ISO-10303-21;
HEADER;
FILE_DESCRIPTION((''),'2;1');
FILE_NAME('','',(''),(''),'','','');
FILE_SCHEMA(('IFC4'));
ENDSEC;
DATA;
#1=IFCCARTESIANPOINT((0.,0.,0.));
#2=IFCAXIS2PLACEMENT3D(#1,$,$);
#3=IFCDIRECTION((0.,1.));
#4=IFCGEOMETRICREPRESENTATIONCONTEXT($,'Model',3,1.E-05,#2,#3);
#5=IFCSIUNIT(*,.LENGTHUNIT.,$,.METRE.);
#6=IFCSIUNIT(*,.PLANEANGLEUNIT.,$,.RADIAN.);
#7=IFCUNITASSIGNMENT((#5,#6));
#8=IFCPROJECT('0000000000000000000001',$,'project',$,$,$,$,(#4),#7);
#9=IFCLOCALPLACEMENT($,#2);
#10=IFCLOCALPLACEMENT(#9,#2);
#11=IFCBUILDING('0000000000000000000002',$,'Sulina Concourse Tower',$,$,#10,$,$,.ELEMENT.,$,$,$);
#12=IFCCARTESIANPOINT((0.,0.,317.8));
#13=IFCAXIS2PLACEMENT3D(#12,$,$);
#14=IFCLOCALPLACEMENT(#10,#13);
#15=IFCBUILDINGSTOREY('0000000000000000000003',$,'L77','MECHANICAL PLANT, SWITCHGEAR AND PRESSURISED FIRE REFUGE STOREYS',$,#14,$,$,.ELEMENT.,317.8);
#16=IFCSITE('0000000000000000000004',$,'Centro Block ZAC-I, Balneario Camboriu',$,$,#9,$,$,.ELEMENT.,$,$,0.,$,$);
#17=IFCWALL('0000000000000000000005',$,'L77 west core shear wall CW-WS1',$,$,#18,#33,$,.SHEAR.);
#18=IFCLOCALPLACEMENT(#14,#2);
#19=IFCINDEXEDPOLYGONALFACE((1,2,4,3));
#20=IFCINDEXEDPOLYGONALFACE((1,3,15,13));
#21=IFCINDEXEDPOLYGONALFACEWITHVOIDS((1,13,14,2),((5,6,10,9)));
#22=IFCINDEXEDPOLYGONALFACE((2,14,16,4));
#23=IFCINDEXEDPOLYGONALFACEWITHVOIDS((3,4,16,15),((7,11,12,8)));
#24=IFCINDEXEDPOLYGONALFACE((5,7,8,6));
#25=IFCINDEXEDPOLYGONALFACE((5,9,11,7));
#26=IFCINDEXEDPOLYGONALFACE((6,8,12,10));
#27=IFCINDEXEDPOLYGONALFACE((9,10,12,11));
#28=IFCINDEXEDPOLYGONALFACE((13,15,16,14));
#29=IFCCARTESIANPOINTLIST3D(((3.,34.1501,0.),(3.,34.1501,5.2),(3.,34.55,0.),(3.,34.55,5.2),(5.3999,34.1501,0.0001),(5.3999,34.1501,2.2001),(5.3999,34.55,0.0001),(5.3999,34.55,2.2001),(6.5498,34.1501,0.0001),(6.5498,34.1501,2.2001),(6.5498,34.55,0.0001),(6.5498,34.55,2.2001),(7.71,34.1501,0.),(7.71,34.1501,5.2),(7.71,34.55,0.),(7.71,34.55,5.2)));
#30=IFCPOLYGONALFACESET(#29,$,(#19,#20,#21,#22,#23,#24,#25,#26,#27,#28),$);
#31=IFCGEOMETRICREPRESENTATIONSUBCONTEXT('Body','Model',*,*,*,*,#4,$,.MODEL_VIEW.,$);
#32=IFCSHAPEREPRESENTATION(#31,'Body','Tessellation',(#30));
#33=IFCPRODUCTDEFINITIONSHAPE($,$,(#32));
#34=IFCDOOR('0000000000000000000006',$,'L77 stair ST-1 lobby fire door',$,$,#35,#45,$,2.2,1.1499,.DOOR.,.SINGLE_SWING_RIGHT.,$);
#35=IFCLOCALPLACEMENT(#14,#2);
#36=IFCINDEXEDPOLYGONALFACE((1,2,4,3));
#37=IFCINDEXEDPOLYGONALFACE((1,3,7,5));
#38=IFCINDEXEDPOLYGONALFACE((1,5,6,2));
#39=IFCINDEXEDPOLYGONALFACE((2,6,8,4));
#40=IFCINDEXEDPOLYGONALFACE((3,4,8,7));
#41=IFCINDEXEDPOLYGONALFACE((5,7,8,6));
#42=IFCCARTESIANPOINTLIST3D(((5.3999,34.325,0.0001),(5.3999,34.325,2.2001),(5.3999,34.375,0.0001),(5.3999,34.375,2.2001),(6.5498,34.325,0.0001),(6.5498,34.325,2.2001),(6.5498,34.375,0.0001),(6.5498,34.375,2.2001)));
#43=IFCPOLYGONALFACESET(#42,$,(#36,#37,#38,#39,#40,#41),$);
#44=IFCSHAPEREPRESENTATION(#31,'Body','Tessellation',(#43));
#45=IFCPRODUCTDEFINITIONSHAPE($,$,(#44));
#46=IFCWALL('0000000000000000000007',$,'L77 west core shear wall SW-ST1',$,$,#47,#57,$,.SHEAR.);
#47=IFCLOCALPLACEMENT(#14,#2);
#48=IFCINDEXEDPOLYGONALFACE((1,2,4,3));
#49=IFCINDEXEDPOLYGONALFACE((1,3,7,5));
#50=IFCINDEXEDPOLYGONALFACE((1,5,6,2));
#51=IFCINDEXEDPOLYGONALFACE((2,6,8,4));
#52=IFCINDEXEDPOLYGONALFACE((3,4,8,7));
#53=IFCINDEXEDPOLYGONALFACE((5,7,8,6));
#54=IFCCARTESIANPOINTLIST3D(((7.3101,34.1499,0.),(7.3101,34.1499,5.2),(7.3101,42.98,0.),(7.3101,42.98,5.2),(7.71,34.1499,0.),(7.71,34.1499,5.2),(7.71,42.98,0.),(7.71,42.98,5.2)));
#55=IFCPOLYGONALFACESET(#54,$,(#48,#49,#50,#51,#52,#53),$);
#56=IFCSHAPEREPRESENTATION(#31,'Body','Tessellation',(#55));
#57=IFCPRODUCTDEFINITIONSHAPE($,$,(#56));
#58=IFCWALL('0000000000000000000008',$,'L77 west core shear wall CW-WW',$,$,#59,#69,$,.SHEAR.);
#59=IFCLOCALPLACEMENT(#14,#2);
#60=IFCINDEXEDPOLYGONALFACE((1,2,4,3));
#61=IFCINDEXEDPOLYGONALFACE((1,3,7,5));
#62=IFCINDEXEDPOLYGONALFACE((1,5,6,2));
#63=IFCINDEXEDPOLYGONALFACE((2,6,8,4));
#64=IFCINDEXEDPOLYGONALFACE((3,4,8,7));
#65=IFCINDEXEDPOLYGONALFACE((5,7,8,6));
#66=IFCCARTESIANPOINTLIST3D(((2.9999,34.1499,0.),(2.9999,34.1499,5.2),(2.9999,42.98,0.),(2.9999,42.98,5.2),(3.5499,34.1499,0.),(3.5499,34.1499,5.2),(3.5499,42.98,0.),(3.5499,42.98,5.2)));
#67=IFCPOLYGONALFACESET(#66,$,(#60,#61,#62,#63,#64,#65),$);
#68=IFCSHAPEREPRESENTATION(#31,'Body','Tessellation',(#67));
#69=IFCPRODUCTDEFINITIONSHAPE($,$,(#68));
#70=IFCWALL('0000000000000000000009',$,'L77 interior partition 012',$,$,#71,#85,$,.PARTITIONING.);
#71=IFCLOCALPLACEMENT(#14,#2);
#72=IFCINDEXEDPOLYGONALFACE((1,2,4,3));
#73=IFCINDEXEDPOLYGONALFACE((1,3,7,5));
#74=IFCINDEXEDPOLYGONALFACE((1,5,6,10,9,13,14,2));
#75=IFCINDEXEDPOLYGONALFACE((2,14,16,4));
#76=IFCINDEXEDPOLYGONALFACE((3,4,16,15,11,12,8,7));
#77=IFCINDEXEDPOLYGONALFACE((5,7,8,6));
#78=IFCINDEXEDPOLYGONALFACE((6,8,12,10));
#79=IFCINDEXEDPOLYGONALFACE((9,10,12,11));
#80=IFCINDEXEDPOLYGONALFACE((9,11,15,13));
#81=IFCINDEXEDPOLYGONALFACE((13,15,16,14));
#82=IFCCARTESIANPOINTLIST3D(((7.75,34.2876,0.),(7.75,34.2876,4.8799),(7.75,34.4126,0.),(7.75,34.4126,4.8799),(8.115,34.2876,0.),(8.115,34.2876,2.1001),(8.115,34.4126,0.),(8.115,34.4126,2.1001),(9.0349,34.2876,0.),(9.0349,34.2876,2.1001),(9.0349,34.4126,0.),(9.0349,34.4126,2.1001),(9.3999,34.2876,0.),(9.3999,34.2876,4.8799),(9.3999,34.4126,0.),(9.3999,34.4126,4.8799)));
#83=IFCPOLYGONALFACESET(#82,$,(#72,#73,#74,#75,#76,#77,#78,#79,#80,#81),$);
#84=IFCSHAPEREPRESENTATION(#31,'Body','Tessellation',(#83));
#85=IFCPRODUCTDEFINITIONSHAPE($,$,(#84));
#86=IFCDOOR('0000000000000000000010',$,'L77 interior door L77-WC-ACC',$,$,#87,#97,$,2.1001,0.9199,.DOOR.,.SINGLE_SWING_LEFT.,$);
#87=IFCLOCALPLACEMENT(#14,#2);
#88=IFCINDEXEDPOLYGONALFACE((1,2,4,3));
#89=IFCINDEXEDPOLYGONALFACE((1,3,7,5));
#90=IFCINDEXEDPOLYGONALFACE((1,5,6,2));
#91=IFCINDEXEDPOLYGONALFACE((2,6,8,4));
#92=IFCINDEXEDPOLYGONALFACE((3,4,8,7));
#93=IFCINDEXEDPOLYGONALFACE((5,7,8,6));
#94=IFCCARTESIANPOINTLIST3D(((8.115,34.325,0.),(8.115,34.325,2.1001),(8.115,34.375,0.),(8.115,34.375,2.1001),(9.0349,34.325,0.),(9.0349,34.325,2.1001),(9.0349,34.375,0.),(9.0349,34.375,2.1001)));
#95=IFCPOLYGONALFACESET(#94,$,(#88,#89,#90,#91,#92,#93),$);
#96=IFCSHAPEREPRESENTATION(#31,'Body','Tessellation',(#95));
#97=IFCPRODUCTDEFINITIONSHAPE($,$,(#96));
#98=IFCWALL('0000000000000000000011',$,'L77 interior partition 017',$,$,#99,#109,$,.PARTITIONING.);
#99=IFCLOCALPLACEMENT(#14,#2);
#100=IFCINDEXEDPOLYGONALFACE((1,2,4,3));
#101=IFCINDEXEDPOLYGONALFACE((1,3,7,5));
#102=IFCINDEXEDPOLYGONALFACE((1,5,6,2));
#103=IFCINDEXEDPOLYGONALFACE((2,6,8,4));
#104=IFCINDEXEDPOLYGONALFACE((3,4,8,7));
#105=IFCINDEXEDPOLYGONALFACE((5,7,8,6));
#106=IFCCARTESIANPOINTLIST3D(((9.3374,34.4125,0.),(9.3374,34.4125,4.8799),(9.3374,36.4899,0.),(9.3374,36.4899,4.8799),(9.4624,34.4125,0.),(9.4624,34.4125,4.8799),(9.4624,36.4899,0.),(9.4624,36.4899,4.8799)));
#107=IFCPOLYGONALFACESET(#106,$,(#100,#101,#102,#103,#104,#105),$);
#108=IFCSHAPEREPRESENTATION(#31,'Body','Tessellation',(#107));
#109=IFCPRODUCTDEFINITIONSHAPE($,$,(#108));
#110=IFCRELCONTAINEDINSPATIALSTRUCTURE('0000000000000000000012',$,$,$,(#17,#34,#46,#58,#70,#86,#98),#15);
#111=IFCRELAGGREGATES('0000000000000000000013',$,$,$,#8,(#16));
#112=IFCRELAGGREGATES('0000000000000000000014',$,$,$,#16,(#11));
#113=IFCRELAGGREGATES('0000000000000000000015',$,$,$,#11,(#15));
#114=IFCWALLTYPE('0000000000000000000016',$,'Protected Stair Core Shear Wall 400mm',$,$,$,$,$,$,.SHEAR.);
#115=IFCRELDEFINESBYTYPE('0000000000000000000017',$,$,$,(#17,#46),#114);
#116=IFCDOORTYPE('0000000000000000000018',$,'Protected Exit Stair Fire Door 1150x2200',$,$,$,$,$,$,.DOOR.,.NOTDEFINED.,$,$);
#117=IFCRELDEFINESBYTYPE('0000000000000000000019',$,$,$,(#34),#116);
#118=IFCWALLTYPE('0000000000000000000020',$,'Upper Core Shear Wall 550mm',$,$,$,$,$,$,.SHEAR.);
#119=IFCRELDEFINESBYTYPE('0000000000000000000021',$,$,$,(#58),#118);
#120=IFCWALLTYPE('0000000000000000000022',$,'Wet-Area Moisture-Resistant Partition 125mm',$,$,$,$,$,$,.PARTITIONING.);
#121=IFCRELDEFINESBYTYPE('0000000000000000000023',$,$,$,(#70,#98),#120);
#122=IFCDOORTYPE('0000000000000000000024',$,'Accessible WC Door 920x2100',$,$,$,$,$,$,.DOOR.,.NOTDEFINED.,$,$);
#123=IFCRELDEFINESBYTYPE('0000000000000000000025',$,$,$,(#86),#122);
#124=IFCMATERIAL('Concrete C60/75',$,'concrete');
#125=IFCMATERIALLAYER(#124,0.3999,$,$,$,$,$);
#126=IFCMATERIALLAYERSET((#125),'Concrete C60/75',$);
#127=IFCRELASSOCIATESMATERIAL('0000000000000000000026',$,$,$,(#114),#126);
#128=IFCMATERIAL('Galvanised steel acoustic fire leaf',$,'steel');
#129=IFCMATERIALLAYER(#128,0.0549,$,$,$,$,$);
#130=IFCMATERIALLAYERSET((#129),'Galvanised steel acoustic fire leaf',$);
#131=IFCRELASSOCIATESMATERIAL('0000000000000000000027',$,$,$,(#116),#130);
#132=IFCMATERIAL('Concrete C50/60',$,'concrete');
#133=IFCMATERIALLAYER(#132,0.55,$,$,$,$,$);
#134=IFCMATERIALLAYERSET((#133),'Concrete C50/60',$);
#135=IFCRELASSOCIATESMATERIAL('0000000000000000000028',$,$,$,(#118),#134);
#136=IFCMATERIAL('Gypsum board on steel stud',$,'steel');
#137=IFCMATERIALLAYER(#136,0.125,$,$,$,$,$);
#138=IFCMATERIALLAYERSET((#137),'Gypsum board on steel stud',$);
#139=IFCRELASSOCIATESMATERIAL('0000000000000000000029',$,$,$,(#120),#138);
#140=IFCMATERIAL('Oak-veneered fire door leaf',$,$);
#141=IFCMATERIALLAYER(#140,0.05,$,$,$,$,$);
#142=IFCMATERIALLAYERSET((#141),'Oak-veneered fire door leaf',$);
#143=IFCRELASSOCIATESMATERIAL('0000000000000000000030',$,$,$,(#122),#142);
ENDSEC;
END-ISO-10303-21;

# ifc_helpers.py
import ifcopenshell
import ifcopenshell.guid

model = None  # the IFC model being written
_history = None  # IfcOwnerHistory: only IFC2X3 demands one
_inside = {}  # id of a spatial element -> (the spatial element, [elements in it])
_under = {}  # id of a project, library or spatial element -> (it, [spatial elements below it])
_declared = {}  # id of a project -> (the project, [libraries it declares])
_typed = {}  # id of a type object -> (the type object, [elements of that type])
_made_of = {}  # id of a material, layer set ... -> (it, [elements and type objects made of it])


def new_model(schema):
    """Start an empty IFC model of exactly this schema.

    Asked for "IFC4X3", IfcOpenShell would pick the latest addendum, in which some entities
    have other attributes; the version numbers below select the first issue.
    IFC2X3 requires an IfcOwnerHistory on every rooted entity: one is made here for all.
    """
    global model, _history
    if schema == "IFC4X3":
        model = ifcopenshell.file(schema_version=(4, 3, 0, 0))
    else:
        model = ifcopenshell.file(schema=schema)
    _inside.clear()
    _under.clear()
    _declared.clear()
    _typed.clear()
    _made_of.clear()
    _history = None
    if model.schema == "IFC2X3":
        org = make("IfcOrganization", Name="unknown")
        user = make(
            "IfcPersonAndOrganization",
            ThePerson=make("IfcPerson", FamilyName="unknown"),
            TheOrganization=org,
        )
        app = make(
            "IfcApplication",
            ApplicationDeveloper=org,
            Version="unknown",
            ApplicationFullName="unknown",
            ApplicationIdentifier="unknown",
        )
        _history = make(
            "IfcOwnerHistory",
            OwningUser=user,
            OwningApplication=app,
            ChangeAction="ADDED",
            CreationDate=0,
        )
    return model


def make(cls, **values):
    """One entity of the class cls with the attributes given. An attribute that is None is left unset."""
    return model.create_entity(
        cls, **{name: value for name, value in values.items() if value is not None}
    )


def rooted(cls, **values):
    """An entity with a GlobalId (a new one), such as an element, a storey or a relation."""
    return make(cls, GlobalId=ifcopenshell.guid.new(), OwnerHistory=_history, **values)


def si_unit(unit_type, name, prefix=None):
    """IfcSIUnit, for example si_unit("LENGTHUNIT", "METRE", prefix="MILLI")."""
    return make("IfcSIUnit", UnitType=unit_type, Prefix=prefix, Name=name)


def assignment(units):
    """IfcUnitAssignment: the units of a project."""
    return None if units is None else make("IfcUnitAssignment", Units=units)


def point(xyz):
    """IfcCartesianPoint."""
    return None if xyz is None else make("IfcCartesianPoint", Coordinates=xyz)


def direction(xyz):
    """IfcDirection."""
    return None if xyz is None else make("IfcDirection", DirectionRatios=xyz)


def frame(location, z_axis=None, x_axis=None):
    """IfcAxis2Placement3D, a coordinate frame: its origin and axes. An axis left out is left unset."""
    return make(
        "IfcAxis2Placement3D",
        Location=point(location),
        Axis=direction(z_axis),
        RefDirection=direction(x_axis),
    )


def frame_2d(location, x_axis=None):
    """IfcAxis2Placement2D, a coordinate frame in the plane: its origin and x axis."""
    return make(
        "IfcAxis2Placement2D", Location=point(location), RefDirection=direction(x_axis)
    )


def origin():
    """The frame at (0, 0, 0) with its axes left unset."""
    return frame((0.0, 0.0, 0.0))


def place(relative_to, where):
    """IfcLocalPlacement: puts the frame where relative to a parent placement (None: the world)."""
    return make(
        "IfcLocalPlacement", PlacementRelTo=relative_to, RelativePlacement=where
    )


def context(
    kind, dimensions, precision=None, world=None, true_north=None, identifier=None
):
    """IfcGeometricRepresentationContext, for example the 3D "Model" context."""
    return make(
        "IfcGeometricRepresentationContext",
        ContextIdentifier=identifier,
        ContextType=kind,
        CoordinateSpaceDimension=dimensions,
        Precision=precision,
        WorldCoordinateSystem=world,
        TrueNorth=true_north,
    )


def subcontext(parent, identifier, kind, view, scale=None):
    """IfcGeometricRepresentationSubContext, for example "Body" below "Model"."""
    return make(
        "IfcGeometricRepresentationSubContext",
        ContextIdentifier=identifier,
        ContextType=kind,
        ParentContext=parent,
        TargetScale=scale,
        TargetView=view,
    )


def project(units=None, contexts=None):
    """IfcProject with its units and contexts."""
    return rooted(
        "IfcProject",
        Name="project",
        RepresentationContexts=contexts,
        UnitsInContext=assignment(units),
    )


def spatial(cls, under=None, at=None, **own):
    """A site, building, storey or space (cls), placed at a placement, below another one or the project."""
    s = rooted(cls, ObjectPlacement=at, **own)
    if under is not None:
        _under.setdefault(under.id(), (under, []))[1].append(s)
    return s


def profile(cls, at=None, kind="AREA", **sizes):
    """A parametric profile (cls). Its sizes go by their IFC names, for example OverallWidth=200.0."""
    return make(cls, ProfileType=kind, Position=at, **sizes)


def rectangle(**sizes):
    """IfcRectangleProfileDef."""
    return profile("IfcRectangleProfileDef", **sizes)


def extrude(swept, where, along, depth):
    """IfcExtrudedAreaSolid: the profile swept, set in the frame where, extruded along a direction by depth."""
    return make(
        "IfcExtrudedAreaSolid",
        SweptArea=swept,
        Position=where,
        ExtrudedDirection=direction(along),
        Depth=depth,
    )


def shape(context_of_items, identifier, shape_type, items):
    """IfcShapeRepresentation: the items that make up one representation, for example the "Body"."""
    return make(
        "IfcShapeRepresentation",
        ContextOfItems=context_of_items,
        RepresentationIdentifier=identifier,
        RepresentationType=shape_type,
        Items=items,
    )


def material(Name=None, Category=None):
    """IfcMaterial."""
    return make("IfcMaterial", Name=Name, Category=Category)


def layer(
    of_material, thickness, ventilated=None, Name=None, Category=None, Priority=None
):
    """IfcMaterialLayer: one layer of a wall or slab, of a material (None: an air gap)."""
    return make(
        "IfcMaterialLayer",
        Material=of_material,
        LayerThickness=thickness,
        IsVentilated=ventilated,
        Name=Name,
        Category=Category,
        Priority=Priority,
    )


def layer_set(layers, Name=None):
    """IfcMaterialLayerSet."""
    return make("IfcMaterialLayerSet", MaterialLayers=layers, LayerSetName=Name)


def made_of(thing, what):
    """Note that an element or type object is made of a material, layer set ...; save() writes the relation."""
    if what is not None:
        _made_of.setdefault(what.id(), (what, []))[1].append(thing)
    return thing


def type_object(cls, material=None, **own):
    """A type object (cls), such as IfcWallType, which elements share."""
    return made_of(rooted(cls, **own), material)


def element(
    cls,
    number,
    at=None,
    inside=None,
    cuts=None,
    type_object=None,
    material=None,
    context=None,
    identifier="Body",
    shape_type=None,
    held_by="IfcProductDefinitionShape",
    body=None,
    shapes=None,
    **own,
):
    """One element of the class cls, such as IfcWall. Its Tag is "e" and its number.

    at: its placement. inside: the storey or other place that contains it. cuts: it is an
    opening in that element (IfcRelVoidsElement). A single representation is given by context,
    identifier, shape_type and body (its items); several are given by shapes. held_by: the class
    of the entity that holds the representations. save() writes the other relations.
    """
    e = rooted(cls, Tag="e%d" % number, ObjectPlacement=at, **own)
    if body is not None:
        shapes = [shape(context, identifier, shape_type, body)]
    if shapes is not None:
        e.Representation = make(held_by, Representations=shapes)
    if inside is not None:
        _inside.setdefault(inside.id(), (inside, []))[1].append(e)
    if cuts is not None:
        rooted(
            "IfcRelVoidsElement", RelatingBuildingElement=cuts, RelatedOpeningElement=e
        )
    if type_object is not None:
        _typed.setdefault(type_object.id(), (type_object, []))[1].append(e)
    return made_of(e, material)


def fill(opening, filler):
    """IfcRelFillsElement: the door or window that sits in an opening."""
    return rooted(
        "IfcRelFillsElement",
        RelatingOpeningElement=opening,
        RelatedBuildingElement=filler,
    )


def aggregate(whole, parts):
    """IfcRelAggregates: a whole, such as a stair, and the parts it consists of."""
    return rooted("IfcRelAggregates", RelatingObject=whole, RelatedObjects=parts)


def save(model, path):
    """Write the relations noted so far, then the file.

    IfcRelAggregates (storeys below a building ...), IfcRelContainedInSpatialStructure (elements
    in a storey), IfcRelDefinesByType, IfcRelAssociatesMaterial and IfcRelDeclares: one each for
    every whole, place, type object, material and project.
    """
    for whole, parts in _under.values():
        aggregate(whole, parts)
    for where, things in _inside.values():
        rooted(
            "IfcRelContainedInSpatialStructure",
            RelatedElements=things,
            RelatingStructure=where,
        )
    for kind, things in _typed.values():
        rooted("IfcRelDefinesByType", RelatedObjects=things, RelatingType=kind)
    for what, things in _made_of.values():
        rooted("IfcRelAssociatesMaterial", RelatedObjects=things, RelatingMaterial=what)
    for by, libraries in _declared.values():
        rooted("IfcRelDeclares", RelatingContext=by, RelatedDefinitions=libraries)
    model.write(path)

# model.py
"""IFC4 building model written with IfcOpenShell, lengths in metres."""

from ifc_helpers import new_model, si_unit, direction, frame, frame_2d, origin, place, context, subcontext, project, spatial, rectangle, extrude, material, layer, layer_set, type_object, element, fill, save


model = new_model("IFC4")

# Units and contexts
model_context = context("Model", 3, precision=1e-05, world=origin(), true_north=direction((0.0, 1.0)))
body_context = subcontext(model_context, "Body", "Model", "MODEL_VIEW")
ifc_project = project(units=[si_unit("LENGTHUNIT", "METRE"), si_unit("PLANEANGLEUNIT", "RADIAN")], contexts=[model_context])

# Site, building, storey
site_placement = place(None, origin())
site = spatial("IfcSite", under=ifc_project, at=site_placement, Name="Centro Block ZAC-I, Balneario Camboriu", CompositionType="ELEMENT", RefElevation=0.0)
building_placement = place(site_placement, origin())
building = spatial("IfcBuilding", under=site, at=building_placement, Name="Sulina Concourse Tower", CompositionType="ELEMENT")
storey_placement = place(building_placement, frame((0.0, 0.0, 317.8)))
storey = spatial("IfcBuildingStorey", under=building, at=storey_placement, Name="L77", Description="MECHANICAL PLANT, SWITCHGEAR AND PRESSURISED FIRE REFUGE STOREYS", CompositionType="ELEMENT", Elevation=317.8)

# Wall, opening, door
ifc_material_1 = material(Name="Concrete C60/75", Category="concrete")
ifc_layer_1 = layer(ifc_material_1, 0.3999)
ifc_layer_set_1 = layer_set([ifc_layer_1], Name="Concrete C60/75")
wall_type_1 = type_object("IfcWallType", Name="Protected Stair Core Shear Wall 400mm", PredefinedType="SHEAR", material=ifc_layer_set_1)
wall_1_placement = place(storey_placement, frame((3.0, 34.3501, 0.0), z_axis=(0.0, 0.0, 1.0), x_axis=(1.0, 0.0, 0.0)))
wall_1 = element("IfcWall", 1, at=wall_1_placement, inside=storey, type_object=wall_type_1, Name="L77 west core shear wall CW-WS1", PredefinedType="SHEAR", context=body_context, shape_type="SweptSolid", body=[
    extrude(rectangle(XDim=4.71, YDim=0.3999, at=frame_2d((2.355, 0.0))), origin(), (0.0, 0.0, 1.0), 5.2),
])
opening_1_placement = place(wall_1_placement, frame((2.3999, 0.0, 0.0)))
opening_1 = element("IfcOpeningElement", 2, at=opening_1_placement, cuts=wall_1, PredefinedType="OPENING", context=body_context, shape_type="SweptSolid", body=[
    extrude(rectangle(XDim=1.1499, YDim=2.2, at=frame_2d((0.575, 1.1001))), frame((0.0, 0.21, 0.0), z_axis=(0.0, -1.0, 0.0), x_axis=(1.0, 0.0, 0.0)), (0.0, 0.0, 1.0), 0.4199),
])
ifc_material_2 = material(Name="Galvanised steel acoustic fire leaf", Category="steel")
ifc_layer_2 = layer(ifc_material_2, 0.0549)
ifc_layer_set_2 = layer_set([ifc_layer_2], Name="Galvanised steel acoustic fire leaf")
door_type_1 = type_object("IfcDoorType", Name="Protected Exit Stair Fire Door 1150x2200", OperationType="NOTDEFINED", PredefinedType="DOOR", material=ifc_layer_set_2)
door_1_placement = place(opening_1_placement, origin())
door_1 = element("IfcDoor", 3, at=door_1_placement, inside=storey, type_object=door_type_1, Name="L77 stair ST-1 lobby fire door", OperationType="SINGLE_SWING_RIGHT", OverallHeight=2.2, OverallWidth=1.1499, PredefinedType="DOOR", context=body_context, shape_type="SweptSolid", body=[
    extrude(rectangle(XDim=1.1499, YDim=2.2, at=frame_2d((0.575, 1.1001))), frame((0.0, 0.0249, 0.0), z_axis=(0.0, -1.0, 0.0), x_axis=(1.0, 0.0, 0.0)), (0.0, 0.0, 1.0), 0.05),
])
fill(opening_1, door_1)

# Walls
wall_2_placement = place(storey_placement, frame((7.51, 34.1499, 0.0), z_axis=(0.0, 0.0, 1.0), x_axis=(0.0, 1.0, 0.0)))
element("IfcWall", 4, at=wall_2_placement, inside=storey, type_object=wall_type_1, Name="L77 west core shear wall SW-ST1", PredefinedType="SHEAR", context=body_context, shape_type="SweptSolid", body=[
    extrude(rectangle(XDim=8.8301, YDim=0.3999, at=frame_2d((4.415, 0.0))), origin(), (0.0, 0.0, 1.0), 5.2),
])
ifc_material_3 = material(Name="Concrete C50/60", Category="concrete")
ifc_layer_3 = layer(ifc_material_3, 0.55)
ifc_layer_set_3 = layer_set([ifc_layer_3], Name="Concrete C50/60")
wall_type_2 = type_object("IfcWallType", Name="Upper Core Shear Wall 550mm", PredefinedType="SHEAR", material=ifc_layer_set_3)
wall_3_placement = place(storey_placement, frame((3.2749, 34.1499, 0.0), z_axis=(0.0, 0.0, 1.0), x_axis=(0.0, 1.0, 0.0)))
element("IfcWall", 5, at=wall_3_placement, inside=storey, type_object=wall_type_2, Name="L77 west core shear wall CW-WW", PredefinedType="SHEAR", context=body_context, shape_type="SweptSolid", body=[
    extrude(rectangle(XDim=8.8301, YDim=0.55, at=frame_2d((4.415, 0.0))), origin(), (0.0, 0.0, 1.0), 5.2),
])

# Wall, opening, door
ifc_material_4 = material(Name="Gypsum board on steel stud", Category="steel")
ifc_layer_4 = layer(ifc_material_4, 0.125)
ifc_layer_set_4 = layer_set([ifc_layer_4], Name="Gypsum board on steel stud")
wall_type_3 = type_object("IfcWallType", Name="Wet-Area Moisture-Resistant Partition 125mm", PredefinedType="PARTITIONING", material=ifc_layer_set_4)
wall_4_placement = place(storey_placement, frame((7.75, 34.3501, 0.0), z_axis=(0.0, 0.0, 1.0), x_axis=(1.0, 0.0, 0.0)))
wall_4 = element("IfcWall", 6, at=wall_4_placement, inside=storey, type_object=wall_type_3, Name="L77 interior partition 012", PredefinedType="PARTITIONING", context=body_context, shape_type="SweptSolid", body=[
    extrude(rectangle(XDim=1.6499, YDim=0.125, at=frame_2d((0.825, 0.0))), origin(), (0.0, 0.0, 1.0), 4.8799),
])
opening_2_placement = place(wall_4_placement, frame((0.365, 0.0, 0.0)))
opening_2 = element("IfcOpeningElement", 7, at=opening_2_placement, cuts=wall_4, PredefinedType="OPENING", context=body_context, shape_type="SweptSolid", body=[
    extrude(rectangle(XDim=0.9199, YDim=2.1001, at=frame_2d((0.46, 1.05))), frame((0.0, 0.0725, 0.0), z_axis=(0.0, -1.0, 0.0), x_axis=(1.0, 0.0, 0.0)), (0.0, 0.0, 1.0), 0.145),
])
ifc_material_5 = material(Name="Oak-veneered fire door leaf")
ifc_layer_5 = layer(ifc_material_5, 0.05)
ifc_layer_set_5 = layer_set([ifc_layer_5], Name="Oak-veneered fire door leaf")
door_type_2 = type_object("IfcDoorType", Name="Accessible WC Door 920x2100", OperationType="NOTDEFINED", PredefinedType="DOOR", material=ifc_layer_set_5)
door_2_placement = place(opening_2_placement, origin())
door_2 = element("IfcDoor", 8, at=door_2_placement, inside=storey, type_object=door_type_2, Name="L77 interior door L77-WC-ACC", OperationType="SINGLE_SWING_LEFT", OverallHeight=2.1001, OverallWidth=0.9199, PredefinedType="DOOR", context=body_context, shape_type="SweptSolid", body=[
    extrude(rectangle(XDim=0.9199, YDim=2.1001, at=frame_2d((0.46, 1.05))), frame((0.0, 0.0249, 0.0), z_axis=(0.0, -1.0, 0.0), x_axis=(1.0, 0.0, 0.0)), (0.0, 0.0, 1.0), 0.05),
])
fill(opening_2, door_2)

# Wall
wall_5_placement = place(storey_placement, frame((9.3999, 34.4126, 0.0), z_axis=(0.0, 0.0, 1.0), x_axis=(0.0, 1.0, 0.0)))
element("IfcWall", 9, at=wall_5_placement, inside=storey, type_object=wall_type_3, Name="L77 interior partition 017", PredefinedType="PARTITIONING", context=body_context, shape_type="SweptSolid", body=[
    extrude(rectangle(XDim=2.0774, YDim=0.125, at=frame_2d((1.0386, 0.0))), origin(), (0.0, 0.0, 1.0), 4.8799),
])

save(model, "model.ifc")
